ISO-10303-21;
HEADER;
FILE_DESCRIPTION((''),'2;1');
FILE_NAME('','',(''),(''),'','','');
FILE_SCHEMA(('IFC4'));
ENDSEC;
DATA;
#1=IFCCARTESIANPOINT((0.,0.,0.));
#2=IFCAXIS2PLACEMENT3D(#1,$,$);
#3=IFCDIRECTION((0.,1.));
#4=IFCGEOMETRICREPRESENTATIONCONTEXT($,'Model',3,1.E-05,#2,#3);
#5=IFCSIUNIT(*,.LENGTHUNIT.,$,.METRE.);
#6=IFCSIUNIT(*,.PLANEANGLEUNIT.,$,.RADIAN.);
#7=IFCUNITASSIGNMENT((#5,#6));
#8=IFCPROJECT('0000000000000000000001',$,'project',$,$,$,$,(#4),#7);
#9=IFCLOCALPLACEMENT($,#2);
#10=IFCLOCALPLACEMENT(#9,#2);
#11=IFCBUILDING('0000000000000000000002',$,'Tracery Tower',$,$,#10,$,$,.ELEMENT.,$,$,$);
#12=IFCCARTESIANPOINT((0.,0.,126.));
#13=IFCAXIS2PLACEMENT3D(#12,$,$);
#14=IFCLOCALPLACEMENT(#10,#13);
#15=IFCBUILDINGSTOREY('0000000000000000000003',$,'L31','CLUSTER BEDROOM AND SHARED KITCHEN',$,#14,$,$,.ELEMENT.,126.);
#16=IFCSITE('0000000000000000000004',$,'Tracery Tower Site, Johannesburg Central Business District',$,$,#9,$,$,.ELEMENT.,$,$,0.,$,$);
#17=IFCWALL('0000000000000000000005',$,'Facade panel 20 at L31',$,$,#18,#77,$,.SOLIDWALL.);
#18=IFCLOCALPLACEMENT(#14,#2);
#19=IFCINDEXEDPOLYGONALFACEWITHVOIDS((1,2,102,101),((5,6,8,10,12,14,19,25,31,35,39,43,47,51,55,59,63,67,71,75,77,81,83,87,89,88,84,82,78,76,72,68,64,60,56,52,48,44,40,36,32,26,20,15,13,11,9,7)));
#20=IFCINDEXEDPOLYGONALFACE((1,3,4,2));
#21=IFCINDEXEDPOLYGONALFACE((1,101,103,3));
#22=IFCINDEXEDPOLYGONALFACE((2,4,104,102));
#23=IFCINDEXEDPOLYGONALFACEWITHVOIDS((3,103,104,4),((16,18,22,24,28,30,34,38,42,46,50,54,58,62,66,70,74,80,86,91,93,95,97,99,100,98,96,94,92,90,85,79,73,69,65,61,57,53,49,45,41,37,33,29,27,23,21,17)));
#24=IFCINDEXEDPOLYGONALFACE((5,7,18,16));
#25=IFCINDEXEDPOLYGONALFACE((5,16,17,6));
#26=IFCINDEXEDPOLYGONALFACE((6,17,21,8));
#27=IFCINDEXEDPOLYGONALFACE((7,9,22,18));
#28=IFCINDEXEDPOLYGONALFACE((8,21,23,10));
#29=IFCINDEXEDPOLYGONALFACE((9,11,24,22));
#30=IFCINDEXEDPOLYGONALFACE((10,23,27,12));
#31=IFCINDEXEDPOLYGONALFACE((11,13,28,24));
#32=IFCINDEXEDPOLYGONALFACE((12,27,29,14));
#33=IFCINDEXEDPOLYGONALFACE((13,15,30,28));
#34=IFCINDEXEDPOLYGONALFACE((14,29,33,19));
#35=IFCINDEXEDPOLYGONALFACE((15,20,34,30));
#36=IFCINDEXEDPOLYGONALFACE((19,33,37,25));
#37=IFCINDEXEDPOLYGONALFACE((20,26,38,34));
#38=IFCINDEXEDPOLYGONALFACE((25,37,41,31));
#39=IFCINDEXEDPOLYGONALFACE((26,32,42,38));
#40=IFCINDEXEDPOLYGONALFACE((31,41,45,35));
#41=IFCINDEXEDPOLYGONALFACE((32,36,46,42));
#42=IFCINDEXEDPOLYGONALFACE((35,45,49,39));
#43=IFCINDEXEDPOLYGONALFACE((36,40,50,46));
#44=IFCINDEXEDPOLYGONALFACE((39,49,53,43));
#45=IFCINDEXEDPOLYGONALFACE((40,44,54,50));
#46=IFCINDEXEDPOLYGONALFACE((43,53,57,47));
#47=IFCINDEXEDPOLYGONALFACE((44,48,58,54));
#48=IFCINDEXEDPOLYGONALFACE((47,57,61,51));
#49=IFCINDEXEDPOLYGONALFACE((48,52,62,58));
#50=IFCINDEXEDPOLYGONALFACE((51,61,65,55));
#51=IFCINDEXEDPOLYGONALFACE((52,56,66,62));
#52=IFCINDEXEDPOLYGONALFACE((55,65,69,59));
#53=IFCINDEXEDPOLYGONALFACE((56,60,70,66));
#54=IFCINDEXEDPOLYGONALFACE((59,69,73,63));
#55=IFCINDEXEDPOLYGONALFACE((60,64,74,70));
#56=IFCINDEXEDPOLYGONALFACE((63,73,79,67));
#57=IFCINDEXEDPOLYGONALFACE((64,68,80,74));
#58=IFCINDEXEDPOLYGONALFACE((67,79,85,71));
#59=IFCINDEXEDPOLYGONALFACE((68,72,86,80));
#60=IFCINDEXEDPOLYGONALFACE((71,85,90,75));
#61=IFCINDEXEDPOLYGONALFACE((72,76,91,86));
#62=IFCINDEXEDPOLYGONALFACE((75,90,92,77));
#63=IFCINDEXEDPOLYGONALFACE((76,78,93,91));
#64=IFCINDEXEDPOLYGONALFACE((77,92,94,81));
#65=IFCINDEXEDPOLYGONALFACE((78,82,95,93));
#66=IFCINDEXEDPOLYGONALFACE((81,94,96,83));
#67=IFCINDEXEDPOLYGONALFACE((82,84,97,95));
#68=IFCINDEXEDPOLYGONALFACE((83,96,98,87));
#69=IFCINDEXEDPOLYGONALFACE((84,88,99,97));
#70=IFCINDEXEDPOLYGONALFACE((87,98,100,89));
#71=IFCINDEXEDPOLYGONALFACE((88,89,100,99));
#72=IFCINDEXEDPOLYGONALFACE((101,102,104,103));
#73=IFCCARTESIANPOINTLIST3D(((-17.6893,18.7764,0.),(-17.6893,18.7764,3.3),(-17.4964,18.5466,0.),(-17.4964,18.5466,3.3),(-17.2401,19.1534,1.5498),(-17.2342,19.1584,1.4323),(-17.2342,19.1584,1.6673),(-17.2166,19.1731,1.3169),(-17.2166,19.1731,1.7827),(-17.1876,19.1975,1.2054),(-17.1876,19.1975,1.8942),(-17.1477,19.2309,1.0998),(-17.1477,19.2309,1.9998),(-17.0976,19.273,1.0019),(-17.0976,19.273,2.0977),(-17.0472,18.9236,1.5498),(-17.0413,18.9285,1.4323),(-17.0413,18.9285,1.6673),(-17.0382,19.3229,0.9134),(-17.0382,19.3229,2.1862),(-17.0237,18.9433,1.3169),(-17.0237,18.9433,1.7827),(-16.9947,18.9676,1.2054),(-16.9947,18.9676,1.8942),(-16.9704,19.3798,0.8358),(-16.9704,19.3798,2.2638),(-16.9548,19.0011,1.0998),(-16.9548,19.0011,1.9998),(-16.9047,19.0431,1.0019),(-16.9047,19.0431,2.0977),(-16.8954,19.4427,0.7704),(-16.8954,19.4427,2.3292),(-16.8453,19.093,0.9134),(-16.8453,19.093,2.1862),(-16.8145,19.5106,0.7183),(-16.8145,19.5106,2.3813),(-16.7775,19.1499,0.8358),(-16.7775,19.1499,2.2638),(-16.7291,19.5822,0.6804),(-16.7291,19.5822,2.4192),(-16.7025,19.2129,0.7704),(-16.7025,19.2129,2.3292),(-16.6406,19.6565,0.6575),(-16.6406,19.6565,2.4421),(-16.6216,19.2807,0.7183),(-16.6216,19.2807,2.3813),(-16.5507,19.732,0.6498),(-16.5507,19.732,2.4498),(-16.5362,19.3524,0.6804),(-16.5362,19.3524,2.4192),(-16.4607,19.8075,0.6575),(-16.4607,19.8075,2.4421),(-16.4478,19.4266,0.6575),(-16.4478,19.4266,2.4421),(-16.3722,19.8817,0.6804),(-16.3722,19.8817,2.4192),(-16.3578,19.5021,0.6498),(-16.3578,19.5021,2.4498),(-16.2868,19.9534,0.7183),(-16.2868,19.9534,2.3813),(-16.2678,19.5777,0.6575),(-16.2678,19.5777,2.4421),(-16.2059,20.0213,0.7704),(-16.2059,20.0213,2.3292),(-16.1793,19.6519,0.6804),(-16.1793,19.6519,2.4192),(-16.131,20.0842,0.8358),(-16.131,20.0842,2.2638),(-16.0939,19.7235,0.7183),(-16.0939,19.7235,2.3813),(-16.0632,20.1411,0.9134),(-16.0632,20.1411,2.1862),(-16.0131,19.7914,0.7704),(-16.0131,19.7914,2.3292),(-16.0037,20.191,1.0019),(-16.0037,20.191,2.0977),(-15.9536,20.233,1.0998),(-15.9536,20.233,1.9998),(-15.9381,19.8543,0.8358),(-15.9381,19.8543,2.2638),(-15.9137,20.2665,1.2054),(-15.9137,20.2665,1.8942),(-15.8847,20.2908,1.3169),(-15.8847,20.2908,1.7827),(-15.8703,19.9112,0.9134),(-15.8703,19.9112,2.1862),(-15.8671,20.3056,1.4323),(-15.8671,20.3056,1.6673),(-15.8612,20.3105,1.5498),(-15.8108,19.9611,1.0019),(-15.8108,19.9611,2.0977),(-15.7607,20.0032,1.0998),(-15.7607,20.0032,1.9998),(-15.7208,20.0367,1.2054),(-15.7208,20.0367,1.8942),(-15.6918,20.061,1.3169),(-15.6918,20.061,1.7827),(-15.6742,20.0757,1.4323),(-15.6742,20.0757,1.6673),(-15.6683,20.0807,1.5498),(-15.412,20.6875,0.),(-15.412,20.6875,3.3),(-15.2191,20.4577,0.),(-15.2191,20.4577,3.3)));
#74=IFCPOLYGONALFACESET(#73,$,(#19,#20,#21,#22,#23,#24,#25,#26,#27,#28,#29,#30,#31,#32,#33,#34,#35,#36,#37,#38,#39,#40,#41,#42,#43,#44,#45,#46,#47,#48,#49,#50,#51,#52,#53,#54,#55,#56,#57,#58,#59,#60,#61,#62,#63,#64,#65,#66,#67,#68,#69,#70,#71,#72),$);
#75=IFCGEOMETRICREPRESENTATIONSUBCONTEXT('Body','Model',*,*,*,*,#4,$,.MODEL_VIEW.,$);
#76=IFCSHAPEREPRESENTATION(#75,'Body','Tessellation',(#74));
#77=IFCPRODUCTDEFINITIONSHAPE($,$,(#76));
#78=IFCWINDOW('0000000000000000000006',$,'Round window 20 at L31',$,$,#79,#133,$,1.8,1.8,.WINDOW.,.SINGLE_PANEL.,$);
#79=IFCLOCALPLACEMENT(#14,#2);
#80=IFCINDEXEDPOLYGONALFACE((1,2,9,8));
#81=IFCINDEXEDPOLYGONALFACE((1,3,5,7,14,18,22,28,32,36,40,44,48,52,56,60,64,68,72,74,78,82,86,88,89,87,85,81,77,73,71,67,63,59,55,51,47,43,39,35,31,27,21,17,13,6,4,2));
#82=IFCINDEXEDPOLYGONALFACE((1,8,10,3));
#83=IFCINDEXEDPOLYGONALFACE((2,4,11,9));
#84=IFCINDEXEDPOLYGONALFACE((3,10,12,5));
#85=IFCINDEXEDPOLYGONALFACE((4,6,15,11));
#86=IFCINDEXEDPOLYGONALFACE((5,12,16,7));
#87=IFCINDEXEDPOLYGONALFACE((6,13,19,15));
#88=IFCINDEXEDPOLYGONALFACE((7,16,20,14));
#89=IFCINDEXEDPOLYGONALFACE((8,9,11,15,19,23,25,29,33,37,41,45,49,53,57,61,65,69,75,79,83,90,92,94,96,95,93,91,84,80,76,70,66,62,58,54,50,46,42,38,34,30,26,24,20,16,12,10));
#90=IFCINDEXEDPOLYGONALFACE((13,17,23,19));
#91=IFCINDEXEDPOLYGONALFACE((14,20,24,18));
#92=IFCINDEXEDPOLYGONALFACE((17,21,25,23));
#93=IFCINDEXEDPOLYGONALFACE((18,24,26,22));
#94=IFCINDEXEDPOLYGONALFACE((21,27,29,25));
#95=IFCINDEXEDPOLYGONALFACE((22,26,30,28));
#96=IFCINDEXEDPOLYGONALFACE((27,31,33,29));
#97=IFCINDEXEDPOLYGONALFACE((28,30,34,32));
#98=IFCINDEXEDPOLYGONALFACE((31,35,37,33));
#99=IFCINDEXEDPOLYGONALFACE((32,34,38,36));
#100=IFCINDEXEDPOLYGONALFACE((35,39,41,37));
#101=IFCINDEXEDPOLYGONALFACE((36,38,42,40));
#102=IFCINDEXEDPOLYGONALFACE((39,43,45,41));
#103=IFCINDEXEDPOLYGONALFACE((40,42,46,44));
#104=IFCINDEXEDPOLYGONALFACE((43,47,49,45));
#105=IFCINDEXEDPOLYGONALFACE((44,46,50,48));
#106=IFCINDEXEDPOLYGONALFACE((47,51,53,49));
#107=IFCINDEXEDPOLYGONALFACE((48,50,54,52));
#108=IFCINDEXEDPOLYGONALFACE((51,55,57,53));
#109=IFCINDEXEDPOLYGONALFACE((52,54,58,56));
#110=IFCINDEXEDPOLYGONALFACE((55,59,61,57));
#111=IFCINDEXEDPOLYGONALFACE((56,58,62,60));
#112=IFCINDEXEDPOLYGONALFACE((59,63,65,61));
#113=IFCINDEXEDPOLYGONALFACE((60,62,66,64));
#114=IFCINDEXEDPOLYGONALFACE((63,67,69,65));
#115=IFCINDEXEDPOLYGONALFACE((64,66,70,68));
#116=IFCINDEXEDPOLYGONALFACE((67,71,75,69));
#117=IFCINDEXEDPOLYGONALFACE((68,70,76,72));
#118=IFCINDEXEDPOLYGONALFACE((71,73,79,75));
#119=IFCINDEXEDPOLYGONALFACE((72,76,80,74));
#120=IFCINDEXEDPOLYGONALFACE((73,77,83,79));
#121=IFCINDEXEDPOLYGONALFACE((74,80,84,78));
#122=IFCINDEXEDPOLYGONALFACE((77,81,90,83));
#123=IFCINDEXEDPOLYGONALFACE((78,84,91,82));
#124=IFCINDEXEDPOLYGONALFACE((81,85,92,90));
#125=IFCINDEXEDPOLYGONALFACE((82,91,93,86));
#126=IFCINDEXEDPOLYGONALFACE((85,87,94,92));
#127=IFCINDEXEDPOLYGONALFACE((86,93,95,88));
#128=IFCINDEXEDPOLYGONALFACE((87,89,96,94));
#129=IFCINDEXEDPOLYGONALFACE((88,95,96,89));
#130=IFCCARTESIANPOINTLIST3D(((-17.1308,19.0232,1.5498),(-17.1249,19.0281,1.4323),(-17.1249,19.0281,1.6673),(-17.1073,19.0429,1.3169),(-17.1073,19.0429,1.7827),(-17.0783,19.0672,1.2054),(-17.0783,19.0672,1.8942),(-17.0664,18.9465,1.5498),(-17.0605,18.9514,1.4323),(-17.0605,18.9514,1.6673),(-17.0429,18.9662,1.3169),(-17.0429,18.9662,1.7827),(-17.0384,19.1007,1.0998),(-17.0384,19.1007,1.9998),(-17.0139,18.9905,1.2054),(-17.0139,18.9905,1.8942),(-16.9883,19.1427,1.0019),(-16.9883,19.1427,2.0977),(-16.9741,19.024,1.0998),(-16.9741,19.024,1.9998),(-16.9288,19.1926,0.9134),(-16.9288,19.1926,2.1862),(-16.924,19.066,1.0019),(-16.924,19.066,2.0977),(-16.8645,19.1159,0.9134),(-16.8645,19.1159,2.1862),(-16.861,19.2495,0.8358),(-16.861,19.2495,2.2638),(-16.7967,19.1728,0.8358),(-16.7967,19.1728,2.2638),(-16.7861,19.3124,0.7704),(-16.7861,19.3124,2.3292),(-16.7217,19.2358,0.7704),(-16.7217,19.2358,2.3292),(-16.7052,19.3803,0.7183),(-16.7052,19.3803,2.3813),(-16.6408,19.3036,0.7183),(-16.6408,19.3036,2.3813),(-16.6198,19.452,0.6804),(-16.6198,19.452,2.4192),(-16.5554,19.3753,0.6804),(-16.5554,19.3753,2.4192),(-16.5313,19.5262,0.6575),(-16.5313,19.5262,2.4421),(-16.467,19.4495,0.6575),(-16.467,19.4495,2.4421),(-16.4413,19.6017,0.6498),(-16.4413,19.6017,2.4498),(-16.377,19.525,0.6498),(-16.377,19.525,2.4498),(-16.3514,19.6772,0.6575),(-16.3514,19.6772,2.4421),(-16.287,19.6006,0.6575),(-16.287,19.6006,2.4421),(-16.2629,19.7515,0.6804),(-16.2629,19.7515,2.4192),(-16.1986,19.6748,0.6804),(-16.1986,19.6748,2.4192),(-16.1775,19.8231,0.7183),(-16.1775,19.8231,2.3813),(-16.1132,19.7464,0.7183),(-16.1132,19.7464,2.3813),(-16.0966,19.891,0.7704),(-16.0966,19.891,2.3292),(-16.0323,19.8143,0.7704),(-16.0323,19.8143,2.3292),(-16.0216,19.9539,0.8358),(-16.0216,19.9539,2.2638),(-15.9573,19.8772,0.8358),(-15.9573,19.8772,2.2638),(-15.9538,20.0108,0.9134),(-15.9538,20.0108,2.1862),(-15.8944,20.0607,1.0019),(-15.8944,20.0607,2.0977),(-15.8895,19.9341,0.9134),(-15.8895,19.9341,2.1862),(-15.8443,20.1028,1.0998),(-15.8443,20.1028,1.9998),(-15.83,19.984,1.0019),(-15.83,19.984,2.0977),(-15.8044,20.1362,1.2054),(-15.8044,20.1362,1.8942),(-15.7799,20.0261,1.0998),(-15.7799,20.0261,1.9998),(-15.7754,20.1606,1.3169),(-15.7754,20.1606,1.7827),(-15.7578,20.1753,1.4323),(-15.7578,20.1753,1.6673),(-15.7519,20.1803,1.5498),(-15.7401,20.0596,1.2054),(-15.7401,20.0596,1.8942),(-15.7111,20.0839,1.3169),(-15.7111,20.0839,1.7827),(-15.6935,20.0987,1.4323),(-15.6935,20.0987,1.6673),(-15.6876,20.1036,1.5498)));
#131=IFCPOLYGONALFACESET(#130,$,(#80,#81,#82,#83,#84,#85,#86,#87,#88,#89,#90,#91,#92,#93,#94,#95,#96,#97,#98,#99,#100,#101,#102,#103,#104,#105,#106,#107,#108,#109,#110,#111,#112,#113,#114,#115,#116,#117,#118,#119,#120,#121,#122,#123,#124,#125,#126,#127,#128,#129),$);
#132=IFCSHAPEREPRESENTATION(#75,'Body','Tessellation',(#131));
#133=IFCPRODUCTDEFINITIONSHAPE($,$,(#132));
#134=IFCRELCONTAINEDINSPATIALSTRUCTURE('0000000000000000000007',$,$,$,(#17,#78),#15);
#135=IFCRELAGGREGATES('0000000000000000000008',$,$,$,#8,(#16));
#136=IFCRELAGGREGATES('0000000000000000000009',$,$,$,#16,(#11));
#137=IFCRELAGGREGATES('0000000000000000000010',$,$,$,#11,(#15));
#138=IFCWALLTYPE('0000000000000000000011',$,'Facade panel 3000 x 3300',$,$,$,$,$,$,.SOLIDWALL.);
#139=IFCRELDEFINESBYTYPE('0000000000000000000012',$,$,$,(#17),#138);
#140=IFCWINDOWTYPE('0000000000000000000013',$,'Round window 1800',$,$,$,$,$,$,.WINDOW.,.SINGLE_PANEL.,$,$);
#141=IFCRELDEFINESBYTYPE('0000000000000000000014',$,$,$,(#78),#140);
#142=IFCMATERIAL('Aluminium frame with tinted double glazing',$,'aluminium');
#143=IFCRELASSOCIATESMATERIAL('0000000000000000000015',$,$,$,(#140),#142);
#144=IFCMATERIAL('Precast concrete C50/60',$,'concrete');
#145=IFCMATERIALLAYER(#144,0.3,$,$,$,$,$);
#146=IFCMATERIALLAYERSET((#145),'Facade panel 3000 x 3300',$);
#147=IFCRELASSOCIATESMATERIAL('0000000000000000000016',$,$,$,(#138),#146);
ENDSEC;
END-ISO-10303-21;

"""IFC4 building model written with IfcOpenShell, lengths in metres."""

from ifc_helpers import new_model, si_unit, direction, frame, frame_2d, origin, origin_2d, place, context, subcontext, project, spatial, rectangle, circle, extrude, material, layer, layer_set, type_object, element, fill, save


model = new_model("IFC4")

# Units and contexts
model_context = context("Model", 3, precision=1e-05, world=origin(), true_north=direction((0.0, 1.0)))
body_context = subcontext(model_context, "Body", "Model", "MODEL_VIEW")
ifc_project = project(units=[si_unit("LENGTHUNIT", "METRE"), si_unit("PLANEANGLEUNIT", "RADIAN")], contexts=[model_context])

# Site, building, storey
site_placement = place(None, origin())
site = spatial("IfcSite", under=ifc_project, at=site_placement, Name="Tracery Tower Site, Johannesburg Central Business District", CompositionType="ELEMENT", RefElevation=0.0)
building_placement = place(site_placement, origin())
building = spatial("IfcBuilding", under=site, at=building_placement, Name="Tracery Tower", CompositionType="ELEMENT")
storey_placement = place(building_placement, frame((0.0, 0.0, 126.0)))
storey = spatial("IfcBuildingStorey", under=building, at=storey_placement, Name="L31", Description="CLUSTER BEDROOM AND SHARED KITCHEN", CompositionType="ELEMENT", Elevation=126.0)

# Wall, opening, window
ifc_material_1 = material(Name="Aluminium frame with tinted double glazing", Category="aluminium")
window_type = type_object("IfcWindowType", Name="Round window 1800", PartitioningType="SINGLE_PANEL", PredefinedType="WINDOW", material=ifc_material_1)
ifc_material_2 = material(Name="Precast concrete C50/60", Category="concrete")
ifc_layer_1 = layer(ifc_material_2, 0.3)
ifc_layer_set_1 = layer_set([ifc_layer_1], Name="Facade panel 3000 x 3300")
wall_type_1 = type_object("IfcWallType", Name="Facade panel 3000 x 3300", PredefinedType="SOLIDWALL", material=ifc_layer_set_1)
wall_1_placement = place(storey_placement, frame((-15.3157, 20.5725, 0.0), z_axis=(0.0, 0.0, 1.0), x_axis=(-0.766009, -0.64283, 0.0)))
wall_1 = element("IfcWall", 1, at=wall_1_placement, inside=storey, type_object=wall_type_1, Name="Facade panel 20 at L31", PredefinedType="SOLIDWALL", context=body_context, shape_type="SweptSolid", body=[
    extrude(rectangle(XDim=2.9729, YDim=0.3, at=frame_2d((1.4863, 0.0))), origin(), (0.0, 0.0, 1.0), 3.3),
])
opening_1_placement = place(wall_1_placement, frame((1.4863, 0.0, 1.5498)))
opening_1 = element("IfcOpeningElement", 2, at=opening_1_placement, cuts=wall_1, PredefinedType="OPENING", context=body_context, shape_type="SweptSolid", body=[
    extrude(circle(Radius=0.9, at=origin_2d()), frame((0.0, 0.1599, 0.0), z_axis=(0.0, -1.0, 0.0), x_axis=(1.0, 0.0, 0.0)), (0.0, 0.0, 1.0), 0.3201),
])
window_1_placement = place(opening_1_placement, origin())
window_1 = element("IfcWindow", 3, at=window_1_placement, inside=storey, type_object=window_type, Name="Round window 20 at L31", OverallHeight=1.8, OverallWidth=1.8, PartitioningType="SINGLE_PANEL", PredefinedType="WINDOW", context=body_context, shape_type="SweptSolid", body=[
    extrude(circle(Radius=0.9, at=origin_2d()), frame((0.0, 0.1201, 0.0), z_axis=(0.0, -1.0, 0.0), x_axis=(1.0, 0.0, 0.0)), (0.0, 0.0, 1.0), 0.1001),
])
fill(opening_1, window_1)

save(model, "model.ifc")
